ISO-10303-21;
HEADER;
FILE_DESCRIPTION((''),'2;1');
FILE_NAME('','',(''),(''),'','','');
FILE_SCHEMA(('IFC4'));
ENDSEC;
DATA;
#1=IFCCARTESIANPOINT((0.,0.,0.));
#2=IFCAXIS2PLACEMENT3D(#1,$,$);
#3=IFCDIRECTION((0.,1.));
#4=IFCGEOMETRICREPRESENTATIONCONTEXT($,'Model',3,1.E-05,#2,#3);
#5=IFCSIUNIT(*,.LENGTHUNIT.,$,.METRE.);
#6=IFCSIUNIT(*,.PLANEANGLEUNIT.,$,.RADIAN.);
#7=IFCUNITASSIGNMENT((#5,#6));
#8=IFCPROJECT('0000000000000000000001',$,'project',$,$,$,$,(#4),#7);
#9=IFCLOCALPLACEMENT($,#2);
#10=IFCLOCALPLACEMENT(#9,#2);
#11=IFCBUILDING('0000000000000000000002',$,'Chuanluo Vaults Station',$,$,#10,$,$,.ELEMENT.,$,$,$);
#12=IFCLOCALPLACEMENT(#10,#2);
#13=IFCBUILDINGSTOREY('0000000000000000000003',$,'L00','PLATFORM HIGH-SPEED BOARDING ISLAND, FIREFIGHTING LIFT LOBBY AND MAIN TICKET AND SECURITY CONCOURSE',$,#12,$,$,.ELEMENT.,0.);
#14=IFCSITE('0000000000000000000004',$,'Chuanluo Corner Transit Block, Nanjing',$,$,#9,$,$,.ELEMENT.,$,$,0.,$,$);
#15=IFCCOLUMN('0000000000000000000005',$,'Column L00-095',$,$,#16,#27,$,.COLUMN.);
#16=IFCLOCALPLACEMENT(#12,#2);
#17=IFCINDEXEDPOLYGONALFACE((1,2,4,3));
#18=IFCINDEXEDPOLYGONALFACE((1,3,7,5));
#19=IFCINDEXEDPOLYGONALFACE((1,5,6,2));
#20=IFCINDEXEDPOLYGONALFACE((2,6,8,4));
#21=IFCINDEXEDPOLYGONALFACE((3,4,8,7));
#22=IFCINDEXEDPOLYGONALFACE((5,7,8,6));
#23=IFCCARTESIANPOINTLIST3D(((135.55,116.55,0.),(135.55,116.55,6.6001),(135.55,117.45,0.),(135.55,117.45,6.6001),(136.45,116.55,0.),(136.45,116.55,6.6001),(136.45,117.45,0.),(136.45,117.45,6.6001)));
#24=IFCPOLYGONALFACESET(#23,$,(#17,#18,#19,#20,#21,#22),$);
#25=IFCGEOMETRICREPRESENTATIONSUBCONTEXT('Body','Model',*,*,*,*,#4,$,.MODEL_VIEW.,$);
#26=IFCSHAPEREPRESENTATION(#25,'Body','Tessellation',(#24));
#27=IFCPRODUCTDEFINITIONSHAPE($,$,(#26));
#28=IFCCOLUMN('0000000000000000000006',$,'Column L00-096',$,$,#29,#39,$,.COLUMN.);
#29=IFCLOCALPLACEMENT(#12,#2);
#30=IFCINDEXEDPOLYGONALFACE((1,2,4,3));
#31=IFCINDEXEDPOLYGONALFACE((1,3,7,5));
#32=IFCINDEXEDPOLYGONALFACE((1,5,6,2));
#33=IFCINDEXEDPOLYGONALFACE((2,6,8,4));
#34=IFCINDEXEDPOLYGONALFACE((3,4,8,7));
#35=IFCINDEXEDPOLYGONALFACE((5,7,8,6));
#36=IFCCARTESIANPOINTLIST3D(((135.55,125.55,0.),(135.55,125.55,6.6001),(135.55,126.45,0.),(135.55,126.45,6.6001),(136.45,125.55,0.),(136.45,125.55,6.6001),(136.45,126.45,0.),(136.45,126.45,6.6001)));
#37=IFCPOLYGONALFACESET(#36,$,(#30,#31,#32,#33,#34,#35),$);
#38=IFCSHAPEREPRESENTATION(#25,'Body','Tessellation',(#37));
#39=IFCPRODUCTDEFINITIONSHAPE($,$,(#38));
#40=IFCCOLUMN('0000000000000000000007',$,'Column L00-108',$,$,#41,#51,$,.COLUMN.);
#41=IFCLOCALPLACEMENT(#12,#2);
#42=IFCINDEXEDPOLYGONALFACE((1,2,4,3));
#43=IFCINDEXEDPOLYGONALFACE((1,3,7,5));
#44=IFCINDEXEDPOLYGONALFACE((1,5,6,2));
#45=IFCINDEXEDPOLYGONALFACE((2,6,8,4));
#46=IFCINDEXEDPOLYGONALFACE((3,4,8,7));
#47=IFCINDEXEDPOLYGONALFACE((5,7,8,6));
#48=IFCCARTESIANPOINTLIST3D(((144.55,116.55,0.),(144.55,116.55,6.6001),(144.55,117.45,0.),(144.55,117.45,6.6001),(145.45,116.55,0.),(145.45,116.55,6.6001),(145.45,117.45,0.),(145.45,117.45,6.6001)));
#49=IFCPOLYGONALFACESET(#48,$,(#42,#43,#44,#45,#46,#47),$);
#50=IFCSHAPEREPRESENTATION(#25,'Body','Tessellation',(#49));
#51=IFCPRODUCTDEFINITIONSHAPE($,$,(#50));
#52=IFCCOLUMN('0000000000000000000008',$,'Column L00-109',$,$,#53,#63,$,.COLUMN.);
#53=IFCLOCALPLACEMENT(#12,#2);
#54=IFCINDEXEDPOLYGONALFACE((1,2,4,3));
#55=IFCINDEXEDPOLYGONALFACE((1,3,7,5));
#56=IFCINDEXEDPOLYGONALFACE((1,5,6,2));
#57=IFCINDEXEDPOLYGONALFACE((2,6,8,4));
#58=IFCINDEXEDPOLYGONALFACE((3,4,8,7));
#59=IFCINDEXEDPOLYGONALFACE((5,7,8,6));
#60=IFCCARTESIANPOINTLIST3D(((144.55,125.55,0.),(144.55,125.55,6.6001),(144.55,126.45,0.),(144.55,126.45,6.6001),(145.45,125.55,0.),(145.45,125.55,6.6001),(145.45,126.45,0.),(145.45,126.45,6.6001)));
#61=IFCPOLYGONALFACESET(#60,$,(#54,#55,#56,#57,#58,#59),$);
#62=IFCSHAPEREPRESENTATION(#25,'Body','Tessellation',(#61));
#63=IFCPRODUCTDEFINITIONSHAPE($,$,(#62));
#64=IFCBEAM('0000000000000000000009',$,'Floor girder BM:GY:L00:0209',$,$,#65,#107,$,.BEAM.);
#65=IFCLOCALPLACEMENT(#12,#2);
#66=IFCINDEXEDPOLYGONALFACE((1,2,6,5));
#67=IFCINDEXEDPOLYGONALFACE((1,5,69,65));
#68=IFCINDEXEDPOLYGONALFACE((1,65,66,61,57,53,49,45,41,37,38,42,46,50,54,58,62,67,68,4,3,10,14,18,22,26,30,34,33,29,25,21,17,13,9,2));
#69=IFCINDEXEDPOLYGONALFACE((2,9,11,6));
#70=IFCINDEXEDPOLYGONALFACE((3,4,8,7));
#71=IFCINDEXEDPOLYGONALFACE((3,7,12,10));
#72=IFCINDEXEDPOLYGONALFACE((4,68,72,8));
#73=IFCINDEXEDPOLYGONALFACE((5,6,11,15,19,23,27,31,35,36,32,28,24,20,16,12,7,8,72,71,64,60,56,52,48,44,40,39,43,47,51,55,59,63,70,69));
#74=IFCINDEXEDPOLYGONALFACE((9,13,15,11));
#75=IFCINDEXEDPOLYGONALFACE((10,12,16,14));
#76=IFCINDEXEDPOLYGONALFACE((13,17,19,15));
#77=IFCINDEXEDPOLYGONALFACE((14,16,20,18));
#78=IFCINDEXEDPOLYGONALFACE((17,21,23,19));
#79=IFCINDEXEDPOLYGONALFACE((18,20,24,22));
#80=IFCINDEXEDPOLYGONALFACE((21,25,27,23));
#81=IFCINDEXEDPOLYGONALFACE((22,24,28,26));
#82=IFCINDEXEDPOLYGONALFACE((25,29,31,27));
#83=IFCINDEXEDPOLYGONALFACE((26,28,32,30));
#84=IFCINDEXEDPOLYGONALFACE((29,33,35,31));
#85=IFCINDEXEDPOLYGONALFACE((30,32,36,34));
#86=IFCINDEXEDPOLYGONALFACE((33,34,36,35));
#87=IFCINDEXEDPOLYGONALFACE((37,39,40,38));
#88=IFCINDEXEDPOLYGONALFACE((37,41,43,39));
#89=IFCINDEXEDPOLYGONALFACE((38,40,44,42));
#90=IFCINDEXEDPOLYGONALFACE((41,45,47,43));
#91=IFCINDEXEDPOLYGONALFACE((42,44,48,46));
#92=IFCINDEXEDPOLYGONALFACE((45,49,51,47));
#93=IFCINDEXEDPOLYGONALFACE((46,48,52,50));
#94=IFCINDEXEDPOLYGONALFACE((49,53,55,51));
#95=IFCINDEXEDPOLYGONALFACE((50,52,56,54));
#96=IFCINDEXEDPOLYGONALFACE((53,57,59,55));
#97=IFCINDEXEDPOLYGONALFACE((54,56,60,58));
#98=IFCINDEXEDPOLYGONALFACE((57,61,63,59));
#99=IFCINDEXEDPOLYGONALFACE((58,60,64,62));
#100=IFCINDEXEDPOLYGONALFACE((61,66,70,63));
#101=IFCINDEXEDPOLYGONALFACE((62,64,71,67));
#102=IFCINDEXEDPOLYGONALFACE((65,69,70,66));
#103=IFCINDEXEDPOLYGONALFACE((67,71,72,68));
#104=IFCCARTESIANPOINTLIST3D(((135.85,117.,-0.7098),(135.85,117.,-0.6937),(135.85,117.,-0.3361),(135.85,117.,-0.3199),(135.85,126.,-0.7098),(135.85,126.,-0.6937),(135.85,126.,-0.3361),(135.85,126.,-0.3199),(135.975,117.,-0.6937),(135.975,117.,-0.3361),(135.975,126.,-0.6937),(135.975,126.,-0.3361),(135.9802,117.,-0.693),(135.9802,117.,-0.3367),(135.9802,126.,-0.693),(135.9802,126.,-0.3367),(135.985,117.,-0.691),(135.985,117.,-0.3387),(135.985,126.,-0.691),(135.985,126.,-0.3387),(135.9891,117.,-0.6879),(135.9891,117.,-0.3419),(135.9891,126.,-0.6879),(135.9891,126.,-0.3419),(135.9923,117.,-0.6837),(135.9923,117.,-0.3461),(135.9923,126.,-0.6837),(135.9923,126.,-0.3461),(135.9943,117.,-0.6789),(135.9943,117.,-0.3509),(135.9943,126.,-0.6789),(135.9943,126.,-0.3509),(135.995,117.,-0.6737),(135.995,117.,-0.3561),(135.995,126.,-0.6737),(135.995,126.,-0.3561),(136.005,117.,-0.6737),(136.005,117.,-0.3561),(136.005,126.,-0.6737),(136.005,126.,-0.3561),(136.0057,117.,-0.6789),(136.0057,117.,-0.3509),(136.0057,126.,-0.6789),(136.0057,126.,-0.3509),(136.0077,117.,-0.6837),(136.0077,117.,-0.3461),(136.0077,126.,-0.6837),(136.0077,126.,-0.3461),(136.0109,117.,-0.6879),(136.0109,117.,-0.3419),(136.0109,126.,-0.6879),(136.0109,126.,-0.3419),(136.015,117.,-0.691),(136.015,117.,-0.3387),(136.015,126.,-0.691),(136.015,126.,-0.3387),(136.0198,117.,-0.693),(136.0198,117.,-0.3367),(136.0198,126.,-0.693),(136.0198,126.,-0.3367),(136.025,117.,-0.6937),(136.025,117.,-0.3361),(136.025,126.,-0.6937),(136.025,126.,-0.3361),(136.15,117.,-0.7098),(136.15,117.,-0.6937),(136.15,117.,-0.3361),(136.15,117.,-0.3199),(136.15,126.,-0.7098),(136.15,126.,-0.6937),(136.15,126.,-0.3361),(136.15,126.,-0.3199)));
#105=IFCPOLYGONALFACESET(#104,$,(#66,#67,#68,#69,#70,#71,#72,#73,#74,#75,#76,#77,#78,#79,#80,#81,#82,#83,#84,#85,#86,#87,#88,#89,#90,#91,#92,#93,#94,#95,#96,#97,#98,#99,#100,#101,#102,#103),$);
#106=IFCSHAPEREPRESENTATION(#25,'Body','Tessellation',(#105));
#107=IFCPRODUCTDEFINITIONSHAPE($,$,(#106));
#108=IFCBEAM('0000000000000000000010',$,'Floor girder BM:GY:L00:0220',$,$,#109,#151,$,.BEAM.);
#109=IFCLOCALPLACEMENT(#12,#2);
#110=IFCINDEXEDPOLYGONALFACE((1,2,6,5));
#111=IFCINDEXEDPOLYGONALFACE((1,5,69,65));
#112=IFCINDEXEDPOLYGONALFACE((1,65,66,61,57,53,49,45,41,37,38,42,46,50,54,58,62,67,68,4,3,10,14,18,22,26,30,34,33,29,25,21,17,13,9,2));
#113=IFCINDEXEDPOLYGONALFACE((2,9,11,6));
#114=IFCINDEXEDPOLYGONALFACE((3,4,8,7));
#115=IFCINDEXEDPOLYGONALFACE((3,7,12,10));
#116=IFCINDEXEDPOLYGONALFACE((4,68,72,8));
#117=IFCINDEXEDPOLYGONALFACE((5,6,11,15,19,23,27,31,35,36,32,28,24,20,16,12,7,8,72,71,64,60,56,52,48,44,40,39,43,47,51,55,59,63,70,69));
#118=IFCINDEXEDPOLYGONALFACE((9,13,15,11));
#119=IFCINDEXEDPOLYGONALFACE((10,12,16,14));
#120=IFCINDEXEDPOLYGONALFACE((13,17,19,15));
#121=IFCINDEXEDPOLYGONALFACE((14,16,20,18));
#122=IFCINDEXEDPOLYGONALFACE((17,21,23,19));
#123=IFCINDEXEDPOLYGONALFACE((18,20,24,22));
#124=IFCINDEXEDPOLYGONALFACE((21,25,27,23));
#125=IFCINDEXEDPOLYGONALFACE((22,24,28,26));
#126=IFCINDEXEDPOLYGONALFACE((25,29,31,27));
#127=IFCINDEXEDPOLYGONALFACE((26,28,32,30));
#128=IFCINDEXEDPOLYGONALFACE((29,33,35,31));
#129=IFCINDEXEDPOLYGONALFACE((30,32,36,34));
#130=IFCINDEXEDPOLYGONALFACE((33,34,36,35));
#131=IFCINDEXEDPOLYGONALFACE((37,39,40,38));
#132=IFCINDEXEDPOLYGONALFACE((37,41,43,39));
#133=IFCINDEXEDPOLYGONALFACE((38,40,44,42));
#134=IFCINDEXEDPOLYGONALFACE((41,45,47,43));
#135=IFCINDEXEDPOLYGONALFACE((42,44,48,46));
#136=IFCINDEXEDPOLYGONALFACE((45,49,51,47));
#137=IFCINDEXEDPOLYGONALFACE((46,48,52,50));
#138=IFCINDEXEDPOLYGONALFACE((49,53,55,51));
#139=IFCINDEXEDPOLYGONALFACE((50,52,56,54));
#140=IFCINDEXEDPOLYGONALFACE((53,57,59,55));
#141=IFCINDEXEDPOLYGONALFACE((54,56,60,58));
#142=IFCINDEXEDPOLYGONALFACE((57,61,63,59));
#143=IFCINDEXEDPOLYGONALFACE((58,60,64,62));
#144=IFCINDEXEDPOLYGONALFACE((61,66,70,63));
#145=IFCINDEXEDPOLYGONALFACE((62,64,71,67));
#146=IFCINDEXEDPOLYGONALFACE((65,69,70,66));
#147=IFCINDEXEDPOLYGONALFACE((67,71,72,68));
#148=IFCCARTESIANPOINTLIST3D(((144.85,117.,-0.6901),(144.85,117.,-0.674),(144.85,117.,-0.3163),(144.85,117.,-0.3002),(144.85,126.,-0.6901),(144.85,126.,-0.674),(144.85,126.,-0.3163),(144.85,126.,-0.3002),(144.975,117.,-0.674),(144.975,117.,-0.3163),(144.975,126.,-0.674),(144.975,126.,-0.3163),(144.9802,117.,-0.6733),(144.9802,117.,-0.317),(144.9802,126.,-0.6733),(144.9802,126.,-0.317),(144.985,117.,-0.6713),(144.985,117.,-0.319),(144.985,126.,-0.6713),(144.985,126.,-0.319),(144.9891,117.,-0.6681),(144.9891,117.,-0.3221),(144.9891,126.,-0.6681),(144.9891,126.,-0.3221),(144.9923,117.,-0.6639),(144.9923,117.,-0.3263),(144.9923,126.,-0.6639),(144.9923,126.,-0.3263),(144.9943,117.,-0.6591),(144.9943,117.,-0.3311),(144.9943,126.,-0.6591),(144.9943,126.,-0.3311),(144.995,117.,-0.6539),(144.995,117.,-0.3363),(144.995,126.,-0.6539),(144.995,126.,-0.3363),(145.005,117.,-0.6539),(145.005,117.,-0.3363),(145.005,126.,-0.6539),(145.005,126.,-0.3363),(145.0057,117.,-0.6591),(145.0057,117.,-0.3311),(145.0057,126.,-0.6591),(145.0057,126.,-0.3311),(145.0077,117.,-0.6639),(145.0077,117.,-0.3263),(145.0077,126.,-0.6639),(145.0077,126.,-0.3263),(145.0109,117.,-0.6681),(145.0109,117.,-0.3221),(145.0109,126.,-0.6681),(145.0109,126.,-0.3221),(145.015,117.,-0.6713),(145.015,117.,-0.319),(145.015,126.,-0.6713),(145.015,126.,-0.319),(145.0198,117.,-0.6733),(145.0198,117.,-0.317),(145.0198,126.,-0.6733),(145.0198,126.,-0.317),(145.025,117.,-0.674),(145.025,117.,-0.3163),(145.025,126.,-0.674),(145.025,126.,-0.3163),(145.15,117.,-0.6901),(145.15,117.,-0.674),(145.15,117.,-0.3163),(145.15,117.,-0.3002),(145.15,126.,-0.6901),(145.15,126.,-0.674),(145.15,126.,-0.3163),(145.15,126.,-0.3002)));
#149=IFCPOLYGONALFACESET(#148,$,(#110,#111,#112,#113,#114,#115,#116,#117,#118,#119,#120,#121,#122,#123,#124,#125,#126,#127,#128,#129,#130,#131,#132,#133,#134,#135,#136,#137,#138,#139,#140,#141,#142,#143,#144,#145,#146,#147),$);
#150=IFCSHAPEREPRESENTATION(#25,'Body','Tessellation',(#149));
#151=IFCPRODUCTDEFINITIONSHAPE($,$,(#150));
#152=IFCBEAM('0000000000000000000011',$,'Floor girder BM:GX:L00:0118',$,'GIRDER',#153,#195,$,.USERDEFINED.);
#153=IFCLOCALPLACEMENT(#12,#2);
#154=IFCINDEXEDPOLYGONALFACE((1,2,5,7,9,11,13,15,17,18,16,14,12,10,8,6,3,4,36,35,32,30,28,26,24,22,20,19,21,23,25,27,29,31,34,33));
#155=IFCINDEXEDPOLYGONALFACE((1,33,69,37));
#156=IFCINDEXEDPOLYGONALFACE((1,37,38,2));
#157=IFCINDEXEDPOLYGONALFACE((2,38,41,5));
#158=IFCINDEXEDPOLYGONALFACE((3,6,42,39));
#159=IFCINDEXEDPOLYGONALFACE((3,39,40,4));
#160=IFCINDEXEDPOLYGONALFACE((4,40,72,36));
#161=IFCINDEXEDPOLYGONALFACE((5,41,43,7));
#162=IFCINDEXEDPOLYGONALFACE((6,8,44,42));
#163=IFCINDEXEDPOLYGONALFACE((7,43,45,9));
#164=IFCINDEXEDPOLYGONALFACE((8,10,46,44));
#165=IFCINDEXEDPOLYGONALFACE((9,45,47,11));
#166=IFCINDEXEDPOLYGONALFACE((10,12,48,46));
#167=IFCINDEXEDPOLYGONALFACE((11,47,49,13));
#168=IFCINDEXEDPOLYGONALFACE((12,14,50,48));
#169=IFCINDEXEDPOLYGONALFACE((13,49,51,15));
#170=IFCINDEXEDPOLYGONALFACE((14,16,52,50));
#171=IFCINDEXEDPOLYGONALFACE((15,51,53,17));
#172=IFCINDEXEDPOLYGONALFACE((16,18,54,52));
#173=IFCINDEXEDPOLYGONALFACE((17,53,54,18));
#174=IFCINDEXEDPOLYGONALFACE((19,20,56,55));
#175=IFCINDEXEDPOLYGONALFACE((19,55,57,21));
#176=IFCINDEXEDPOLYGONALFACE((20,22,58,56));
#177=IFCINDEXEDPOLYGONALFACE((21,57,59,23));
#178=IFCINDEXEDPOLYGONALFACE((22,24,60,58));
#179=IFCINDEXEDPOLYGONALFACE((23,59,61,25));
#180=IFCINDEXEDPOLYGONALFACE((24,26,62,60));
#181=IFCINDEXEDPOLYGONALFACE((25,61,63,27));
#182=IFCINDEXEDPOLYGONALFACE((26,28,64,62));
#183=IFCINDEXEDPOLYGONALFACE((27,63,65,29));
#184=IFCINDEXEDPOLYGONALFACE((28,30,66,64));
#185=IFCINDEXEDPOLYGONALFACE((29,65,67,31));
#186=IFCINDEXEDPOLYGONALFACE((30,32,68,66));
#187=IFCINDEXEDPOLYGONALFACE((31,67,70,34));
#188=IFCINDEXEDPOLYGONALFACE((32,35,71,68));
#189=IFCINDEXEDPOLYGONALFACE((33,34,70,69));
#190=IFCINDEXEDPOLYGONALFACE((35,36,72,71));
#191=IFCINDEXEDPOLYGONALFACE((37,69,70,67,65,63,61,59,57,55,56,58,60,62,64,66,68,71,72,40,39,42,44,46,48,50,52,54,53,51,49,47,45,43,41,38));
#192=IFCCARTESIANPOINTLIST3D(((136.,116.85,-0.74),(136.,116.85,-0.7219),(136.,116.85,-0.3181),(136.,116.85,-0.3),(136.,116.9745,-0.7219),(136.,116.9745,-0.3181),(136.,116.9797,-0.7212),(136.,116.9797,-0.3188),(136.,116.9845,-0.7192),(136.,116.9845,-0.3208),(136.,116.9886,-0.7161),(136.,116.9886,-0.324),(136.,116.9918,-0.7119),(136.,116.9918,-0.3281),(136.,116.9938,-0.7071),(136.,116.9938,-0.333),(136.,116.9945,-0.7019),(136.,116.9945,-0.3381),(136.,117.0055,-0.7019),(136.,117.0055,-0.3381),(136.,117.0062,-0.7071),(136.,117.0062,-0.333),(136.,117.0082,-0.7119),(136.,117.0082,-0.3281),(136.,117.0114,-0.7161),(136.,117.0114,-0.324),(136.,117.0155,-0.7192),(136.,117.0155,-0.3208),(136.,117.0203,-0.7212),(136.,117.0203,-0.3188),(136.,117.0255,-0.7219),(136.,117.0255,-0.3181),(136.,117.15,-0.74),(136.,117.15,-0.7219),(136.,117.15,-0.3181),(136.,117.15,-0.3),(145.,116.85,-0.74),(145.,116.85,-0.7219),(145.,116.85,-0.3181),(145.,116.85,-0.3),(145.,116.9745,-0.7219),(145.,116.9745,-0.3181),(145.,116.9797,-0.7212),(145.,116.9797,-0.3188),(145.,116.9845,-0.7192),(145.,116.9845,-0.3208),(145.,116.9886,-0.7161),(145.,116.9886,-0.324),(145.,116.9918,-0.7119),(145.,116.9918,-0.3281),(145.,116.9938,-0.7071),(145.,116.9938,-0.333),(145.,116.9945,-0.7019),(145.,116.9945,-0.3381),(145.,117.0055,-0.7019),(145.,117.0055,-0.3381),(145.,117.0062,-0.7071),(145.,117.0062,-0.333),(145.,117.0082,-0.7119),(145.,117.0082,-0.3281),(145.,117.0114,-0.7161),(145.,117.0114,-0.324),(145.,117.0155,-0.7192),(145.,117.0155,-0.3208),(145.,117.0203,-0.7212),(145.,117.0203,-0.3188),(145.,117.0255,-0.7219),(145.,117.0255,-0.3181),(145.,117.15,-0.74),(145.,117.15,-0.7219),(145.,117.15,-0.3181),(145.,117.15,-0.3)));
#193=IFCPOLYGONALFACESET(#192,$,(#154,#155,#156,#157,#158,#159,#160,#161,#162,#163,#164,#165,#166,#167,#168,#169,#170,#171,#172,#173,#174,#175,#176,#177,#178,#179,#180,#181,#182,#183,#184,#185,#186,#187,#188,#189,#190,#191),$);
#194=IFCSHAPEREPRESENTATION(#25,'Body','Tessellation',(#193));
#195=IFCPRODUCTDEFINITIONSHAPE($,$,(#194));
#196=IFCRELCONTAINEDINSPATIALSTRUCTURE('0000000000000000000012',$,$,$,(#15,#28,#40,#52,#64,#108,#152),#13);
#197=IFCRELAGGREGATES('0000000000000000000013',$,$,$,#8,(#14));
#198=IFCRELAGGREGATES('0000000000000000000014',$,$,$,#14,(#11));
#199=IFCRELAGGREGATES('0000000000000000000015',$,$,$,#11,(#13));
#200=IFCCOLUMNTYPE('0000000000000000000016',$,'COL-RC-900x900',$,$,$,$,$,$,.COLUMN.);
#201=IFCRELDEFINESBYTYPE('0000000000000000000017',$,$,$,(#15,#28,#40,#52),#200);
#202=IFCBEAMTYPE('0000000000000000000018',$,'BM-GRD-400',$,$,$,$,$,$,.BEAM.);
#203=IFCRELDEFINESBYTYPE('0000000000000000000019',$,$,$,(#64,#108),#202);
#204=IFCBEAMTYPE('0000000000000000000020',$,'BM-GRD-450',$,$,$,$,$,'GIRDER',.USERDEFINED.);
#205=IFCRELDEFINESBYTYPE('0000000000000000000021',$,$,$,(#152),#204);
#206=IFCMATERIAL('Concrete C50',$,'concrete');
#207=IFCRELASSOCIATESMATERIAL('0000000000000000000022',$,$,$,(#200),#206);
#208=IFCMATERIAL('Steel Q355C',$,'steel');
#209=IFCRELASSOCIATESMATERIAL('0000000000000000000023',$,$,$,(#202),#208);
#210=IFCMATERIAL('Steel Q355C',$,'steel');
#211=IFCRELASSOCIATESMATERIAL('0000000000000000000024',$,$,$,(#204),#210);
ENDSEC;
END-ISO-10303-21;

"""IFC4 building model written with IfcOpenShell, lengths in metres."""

from ifc_helpers import new_model, si_unit, direction, frame, origin, origin_2d, place, context, subcontext, project, spatial, rectangle, i_section, extrude, material, material_profile, profile_set, type_object, element, save


model = new_model("IFC4")

# Units and contexts
model_context = context("Model", 3, precision=1e-05, world=origin(), true_north=direction((0.0, 1.0)))
body_context = subcontext(model_context, "Body", "Model", "MODEL_VIEW")
ifc_project = project(units=[si_unit("LENGTHUNIT", "METRE"), si_unit("PLANEANGLEUNIT", "RADIAN")], contexts=[model_context])

# Site, building, storey
site_placement = place(None, origin())
site = spatial("IfcSite", under=ifc_project, at=site_placement, Name="Chuanluo Corner Transit Block, Nanjing", CompositionType="ELEMENT", RefElevation=0.0)
building_placement = place(site_placement, origin())
building = spatial("IfcBuilding", under=site, at=building_placement, Name="Chuanluo Vaults Station", CompositionType="ELEMENT")
storey_placement = place(building_placement, origin())
storey = spatial("IfcBuildingStorey", under=building, at=storey_placement, Name="L00", Description="PLATFORM HIGH-SPEED BOARDING ISLAND, FIREFIGHTING LIFT LOBBY AND MAIN TICKET AND SECURITY CONCOURSE", CompositionType="ELEMENT", Elevation=0.0)

# Columns
ifc_material_1 = material(Name="Concrete C50", Category="concrete")
ifc_material_profile_1 = material_profile(ifc_material_1, rectangle(XDim=0.8999, YDim=0.8999, at=origin_2d()))
ifc_profile_set_1 = profile_set([ifc_material_profile_1], Name="Concrete C50")
column_type = type_object("IfcColumnType", Name="COL-RC-900x900", PredefinedType="COLUMN", material=ifc_profile_set_1)
for number, where, z_axis, x_axis, name in (
    (1, (136.0, 117.0, 0.0), (0.0, 0.0, 1.0), (1.0, 0.0, 0.0), "Column L00-095"),
    (2, (136.0, 126.0, 0.0), (0.0, 0.0, 1.0), (1.0, 0.0, 0.0), "Column L00-096"),
    (3, (145.0, 117.0, 0.0), (0.0, 0.0, 1.0), (1.0, 0.0, 0.0), "Column L00-108"),
    (4, (145.0, 126.0, 0.0), (0.0, 0.0, 1.0), (1.0, 0.0, 0.0), "Column L00-109"),
):
    element("IfcColumn", number, at=place(storey_placement, frame(where, z_axis=z_axis, x_axis=x_axis)), inside=storey, type_object=column_type, Name=name, PredefinedType="COLUMN", context=body_context, shape_type="SweptSolid", body=[
        extrude(rectangle(XDim=0.8999, YDim=0.8999, at=origin_2d()), origin(), (0.0, 0.0, 1.0), 6.6001),
    ])

# Beams
ifc_material_2 = material(Name="Steel Q355C", Category="steel")
ifc_material_profile_2 = material_profile(ifc_material_2, i_section(OverallWidth=0.3, OverallDepth=0.3899, WebThickness=0.01, FlangeThickness=0.0161, FilletRadius=0.02, at=origin_2d()))
ifc_profile_set_2 = profile_set([ifc_material_profile_2], Name="Steel Q355C")
beam_type_1 = type_object("IfcBeamType", Name="BM-GRD-400", PredefinedType="BEAM", material=ifc_profile_set_2)
for number, where, z_axis, x_axis, name in (
    (5, (136.0, 117.0, -0.5149), (0.0, 1.0, 0.0), (-1.0, 0.0, 0.0), "Floor girder BM:GY:L00:0209"),
    (6, (145.0, 117.0, -0.4951), (0.0, 1.0, 0.0), (-1.0, 0.0, 0.0), "Floor girder BM:GY:L00:0220"),
):
    element("IfcBeam", number, at=place(storey_placement, frame(where, z_axis=z_axis, x_axis=x_axis)), inside=storey, type_object=beam_type_1, Name=name, PredefinedType="BEAM", context=body_context, shape_type="SweptSolid", body=[
        extrude(i_section(OverallWidth=0.3, OverallDepth=0.3899, WebThickness=0.01, FlangeThickness=0.0161, FilletRadius=0.02, at=origin_2d()), origin(), (0.0, 0.0, 1.0), 9.0),
    ])
ifc_material_3 = material(Name="Steel Q355C", Category="steel")
ifc_material_profile_3 = material_profile(ifc_material_3, i_section(OverallWidth=0.3, OverallDepth=0.4399, WebThickness=0.011, FlangeThickness=0.0181, FilletRadius=0.02, at=origin_2d()))
ifc_profile_set_3 = profile_set([ifc_material_profile_3], Name="Steel Q355C")
beam_type_2 = type_object("IfcBeamType", Name="BM-GRD-450", ElementType="GIRDER", PredefinedType="USERDEFINED", material=ifc_profile_set_3)
for number, where, z_axis, x_axis, name in (
    (7, (136.0, 117.0, -0.52), (1.0, 0.0, 0.0), (0.0, 1.0, 0.0), "Floor girder BM:GX:L00:0118"),
):
    element("IfcBeam", number, at=place(storey_placement, frame(where, z_axis=z_axis, x_axis=x_axis)), inside=storey, type_object=beam_type_2, Name=name, ObjectType="GIRDER", PredefinedType="USERDEFINED", context=body_context, shape_type="SweptSolid", body=[
        extrude(i_section(OverallWidth=0.3, OverallDepth=0.4399, WebThickness=0.011, FlangeThickness=0.0181, FilletRadius=0.02, at=origin_2d()), origin(), (0.0, 0.0, 1.0), 9.0),
    ])

save(model, "model.ifc")
